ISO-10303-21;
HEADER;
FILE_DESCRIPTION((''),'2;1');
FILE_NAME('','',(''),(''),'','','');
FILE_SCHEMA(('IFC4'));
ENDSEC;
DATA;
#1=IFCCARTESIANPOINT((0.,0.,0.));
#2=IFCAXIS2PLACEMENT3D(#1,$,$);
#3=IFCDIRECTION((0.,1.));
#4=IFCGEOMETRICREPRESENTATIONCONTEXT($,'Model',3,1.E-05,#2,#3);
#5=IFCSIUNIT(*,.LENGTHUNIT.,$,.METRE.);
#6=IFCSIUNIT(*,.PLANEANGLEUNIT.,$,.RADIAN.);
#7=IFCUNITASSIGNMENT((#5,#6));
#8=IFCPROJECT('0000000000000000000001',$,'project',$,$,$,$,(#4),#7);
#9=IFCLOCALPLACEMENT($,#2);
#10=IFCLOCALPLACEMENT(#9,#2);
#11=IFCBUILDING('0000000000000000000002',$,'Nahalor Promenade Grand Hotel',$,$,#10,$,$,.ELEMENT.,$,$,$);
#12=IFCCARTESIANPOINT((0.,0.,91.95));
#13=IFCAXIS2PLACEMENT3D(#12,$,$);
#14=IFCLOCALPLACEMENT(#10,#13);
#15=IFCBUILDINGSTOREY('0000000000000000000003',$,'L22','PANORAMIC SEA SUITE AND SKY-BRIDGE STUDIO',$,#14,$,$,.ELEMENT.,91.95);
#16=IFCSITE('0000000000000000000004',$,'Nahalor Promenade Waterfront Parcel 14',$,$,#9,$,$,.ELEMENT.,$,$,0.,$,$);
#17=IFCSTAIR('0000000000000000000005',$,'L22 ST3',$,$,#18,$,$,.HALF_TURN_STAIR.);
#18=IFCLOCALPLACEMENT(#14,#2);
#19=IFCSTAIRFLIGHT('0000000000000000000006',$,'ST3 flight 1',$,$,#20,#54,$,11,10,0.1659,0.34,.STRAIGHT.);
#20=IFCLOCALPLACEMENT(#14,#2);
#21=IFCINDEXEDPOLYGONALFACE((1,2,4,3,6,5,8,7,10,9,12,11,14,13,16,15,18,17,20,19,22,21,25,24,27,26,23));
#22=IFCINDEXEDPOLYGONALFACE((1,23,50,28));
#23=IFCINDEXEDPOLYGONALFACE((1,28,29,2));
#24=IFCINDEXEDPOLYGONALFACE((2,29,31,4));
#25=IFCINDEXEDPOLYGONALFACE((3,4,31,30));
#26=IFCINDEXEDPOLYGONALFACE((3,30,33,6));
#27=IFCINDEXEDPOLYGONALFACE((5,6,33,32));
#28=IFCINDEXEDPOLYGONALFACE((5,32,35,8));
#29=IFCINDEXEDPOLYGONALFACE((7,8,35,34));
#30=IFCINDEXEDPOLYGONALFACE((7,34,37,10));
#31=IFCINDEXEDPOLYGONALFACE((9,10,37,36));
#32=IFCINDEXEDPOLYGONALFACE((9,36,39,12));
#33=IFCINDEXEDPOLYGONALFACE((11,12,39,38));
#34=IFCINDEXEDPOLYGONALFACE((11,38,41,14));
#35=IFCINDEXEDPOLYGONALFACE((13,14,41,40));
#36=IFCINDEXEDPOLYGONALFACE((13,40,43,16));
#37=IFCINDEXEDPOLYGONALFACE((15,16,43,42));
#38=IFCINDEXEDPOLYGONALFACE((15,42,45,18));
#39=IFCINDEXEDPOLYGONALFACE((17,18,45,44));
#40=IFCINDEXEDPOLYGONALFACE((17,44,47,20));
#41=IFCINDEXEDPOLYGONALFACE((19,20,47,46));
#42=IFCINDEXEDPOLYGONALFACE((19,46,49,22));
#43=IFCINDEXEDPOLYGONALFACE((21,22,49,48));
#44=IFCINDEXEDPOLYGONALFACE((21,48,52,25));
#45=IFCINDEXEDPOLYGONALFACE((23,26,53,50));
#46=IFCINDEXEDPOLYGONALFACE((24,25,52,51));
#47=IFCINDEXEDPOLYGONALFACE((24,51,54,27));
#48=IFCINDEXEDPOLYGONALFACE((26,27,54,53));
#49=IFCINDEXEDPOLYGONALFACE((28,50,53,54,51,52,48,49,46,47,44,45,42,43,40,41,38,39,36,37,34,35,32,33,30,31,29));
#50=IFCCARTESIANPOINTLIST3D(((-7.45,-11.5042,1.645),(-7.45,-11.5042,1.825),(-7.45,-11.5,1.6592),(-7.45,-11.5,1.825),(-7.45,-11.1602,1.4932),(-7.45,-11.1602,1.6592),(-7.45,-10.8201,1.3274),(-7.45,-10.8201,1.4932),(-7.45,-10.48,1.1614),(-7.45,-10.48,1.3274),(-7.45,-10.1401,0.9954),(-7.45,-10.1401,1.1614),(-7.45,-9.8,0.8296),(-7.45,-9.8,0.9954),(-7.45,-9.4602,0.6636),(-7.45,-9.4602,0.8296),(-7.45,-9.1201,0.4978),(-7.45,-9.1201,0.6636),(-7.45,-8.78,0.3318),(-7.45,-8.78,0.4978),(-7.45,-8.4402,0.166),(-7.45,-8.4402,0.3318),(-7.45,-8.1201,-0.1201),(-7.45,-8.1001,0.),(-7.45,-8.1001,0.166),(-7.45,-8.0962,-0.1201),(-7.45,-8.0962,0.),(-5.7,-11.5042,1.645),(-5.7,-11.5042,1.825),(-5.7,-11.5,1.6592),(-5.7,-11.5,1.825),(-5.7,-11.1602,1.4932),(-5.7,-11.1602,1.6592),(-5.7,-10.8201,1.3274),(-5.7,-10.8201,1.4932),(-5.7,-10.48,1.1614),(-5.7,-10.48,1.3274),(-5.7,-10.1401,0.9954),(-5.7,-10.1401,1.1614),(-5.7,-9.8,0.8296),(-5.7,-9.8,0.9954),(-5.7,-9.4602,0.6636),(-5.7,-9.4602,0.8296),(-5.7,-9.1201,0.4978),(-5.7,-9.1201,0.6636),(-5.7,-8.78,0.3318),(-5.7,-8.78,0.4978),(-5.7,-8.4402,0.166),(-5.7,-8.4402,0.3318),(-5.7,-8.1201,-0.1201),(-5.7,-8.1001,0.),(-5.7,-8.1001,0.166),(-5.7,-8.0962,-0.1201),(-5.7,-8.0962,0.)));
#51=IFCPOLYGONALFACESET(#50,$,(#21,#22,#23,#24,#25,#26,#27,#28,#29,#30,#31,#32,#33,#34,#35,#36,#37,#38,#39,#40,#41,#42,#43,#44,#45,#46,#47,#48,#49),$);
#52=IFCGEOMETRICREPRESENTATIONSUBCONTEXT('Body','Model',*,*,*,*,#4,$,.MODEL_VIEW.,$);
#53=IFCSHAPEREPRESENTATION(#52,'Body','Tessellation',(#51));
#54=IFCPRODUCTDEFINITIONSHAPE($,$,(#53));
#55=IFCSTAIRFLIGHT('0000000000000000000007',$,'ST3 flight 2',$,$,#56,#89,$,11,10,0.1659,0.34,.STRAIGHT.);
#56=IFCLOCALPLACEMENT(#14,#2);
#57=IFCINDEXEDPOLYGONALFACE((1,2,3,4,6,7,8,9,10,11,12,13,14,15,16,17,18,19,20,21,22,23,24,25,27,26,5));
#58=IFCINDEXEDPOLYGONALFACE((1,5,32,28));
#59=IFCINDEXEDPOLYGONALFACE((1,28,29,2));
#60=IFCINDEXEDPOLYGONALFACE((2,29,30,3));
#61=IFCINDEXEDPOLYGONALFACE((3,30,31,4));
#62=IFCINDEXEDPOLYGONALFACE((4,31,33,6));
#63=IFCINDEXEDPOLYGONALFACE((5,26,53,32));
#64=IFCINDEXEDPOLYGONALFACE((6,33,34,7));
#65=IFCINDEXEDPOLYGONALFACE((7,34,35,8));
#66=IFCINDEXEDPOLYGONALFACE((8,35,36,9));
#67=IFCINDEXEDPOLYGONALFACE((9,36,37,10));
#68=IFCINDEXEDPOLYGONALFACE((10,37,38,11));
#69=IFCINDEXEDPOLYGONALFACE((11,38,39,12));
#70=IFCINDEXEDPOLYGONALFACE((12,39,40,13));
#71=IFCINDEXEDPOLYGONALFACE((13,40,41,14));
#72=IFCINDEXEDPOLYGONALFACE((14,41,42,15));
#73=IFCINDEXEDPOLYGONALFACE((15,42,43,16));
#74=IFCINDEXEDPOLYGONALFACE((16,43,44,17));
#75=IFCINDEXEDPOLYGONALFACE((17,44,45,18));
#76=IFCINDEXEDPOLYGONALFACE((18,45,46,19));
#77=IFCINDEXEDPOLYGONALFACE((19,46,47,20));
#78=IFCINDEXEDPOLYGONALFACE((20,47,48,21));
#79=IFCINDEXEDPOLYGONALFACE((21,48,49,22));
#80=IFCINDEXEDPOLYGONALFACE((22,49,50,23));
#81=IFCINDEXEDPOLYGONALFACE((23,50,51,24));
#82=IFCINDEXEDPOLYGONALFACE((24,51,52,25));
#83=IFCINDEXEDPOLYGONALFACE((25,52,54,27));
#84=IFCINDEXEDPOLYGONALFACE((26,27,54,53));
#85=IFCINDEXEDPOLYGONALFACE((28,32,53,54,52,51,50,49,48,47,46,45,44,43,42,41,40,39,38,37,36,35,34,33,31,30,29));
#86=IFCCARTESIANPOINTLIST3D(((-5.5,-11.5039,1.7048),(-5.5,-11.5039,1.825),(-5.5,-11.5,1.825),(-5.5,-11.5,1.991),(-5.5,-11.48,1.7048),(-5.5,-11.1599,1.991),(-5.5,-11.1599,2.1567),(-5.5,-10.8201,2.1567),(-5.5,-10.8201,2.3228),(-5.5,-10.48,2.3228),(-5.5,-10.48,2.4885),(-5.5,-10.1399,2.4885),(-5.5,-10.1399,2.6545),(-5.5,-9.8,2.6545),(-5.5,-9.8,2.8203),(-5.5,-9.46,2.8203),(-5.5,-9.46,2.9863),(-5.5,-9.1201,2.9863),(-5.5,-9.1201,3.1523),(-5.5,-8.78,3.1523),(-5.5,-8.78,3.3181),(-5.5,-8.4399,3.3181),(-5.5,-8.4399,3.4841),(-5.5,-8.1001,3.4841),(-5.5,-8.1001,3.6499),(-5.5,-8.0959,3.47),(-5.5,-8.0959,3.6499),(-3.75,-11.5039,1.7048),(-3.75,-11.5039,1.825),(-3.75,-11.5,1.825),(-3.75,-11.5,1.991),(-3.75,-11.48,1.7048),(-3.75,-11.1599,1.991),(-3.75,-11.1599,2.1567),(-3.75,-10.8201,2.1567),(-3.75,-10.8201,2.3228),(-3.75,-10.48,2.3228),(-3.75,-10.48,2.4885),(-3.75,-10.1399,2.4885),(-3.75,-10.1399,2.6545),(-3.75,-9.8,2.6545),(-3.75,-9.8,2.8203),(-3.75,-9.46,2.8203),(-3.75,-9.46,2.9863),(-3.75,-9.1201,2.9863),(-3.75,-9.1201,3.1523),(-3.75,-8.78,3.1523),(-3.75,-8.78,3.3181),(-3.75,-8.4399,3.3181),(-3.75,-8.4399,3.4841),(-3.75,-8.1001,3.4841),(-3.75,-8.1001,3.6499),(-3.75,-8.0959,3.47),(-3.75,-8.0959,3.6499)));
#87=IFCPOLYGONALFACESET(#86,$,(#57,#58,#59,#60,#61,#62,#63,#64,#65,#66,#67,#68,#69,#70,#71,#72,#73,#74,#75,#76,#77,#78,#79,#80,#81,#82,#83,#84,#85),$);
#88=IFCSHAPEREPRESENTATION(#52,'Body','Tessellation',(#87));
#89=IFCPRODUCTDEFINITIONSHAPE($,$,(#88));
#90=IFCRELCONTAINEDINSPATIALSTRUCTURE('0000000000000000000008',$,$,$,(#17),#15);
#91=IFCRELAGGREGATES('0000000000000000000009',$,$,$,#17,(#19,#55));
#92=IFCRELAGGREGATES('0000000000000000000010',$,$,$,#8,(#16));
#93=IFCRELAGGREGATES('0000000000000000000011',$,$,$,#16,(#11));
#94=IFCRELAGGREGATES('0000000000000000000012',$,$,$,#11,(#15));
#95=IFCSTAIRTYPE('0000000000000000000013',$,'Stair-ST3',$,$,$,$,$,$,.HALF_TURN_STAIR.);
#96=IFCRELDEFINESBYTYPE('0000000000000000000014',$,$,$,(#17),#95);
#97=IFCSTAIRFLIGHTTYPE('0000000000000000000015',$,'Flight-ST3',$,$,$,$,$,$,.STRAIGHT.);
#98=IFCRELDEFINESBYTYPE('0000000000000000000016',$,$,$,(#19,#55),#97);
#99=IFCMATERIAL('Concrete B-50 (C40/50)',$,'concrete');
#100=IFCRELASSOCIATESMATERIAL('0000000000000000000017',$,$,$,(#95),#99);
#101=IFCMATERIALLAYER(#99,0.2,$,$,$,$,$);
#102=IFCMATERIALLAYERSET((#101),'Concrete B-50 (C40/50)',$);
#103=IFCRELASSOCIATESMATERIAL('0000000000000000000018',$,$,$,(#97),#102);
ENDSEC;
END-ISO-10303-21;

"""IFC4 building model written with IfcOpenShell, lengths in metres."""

from ifc_helpers import new_model, si_unit, direction, frame, origin, place, context, subcontext, project, spatial, polyline, outline, extrude, source, transform, mapped, material, layer, layer_set, type_object, element, aggregate, save


model = new_model("IFC4")

# Units and contexts
model_context = context("Model", 3, precision=1e-05, world=origin(), true_north=direction((0.0, 1.0)))
body_context = subcontext(model_context, "Body", "Model", "MODEL_VIEW")
ifc_project = project(units=[si_unit("LENGTHUNIT", "METRE"), si_unit("PLANEANGLEUNIT", "RADIAN")], contexts=[model_context])

# Site, building, storey
site_placement = place(None, origin())
site = spatial("IfcSite", under=ifc_project, at=site_placement, Name="Nahalor Promenade Waterfront Parcel 14", CompositionType="ELEMENT", RefElevation=0.0)
building_placement = place(site_placement, origin())
building = spatial("IfcBuilding", under=site, at=building_placement, Name="Nahalor Promenade Grand Hotel", CompositionType="ELEMENT")
storey_placement = place(building_placement, frame((0.0, 0.0, 91.95)))
storey = spatial("IfcBuildingStorey", under=building, at=storey_placement, Name="L22", Description="PANORAMIC SEA SUITE AND SKY-BRIDGE STUDIO", CompositionType="ELEMENT", Elevation=91.95)

# Shared definitions
ifc_material_1 = material(Name="Concrete B-50 (C40/50)", Category="concrete")

# Stair, stair flights
stair_type = type_object("IfcStairType", Name="Stair-ST3", PredefinedType="HALF_TURN_STAIR", material=ifc_material_1)
stair_placement = place(storey_placement, origin())
stair = element("IfcStair", 1, at=stair_placement, inside=storey, type_object=stair_type, Name="L22 ST3", PredefinedType="HALF_TURN_STAIR")
ifc_layer_1 = layer(ifc_material_1, 0.2)
ifc_layer_set_1 = layer_set([ifc_layer_1], Name="Concrete B-50 (C40/50)")
stair_flight_type = type_object("IfcStairFlightType", Name="Flight-ST3", PredefinedType="STRAIGHT", material=ifc_layer_set_1)
shared_shape_1 = source(origin(), body_context, "Body", "SweptSolid", [
    extrude(outline(polyline([(-0.0039, -0.1201), (-0.0039, 0.0), (0.0, 0.0), (0.0, 0.166), (0.3401, 0.166), (0.3401, 0.3318), (0.6799, 0.3318), (0.6799, 0.4978), (1.02, 0.4978), (1.02, 0.6636), (1.3601, 0.6636), (1.3601, 0.8296), (1.7, 0.8296), (1.7, 0.9954), (2.04, 0.9954), (2.04, 1.1614), (2.3799, 1.1614), (2.3799, 1.3274), (2.72, 1.3274), (2.72, 1.4932), (3.0601, 1.4932), (3.0601, 1.6592), (3.3999, 1.6592), (3.3999, 1.825), (3.4041, 1.825), (3.4041, 1.645), (0.02, -0.1201), (-0.0039, -0.1201)])), frame((0.0, 0.875, 0.0), z_axis=(0.0, -1.0, 0.0), x_axis=(1.0, 0.0, 0.0)), (0.0, 0.0, 1.0), 1.75),
])
stair_flight_1_placement = place(storey_placement, frame((-6.575, -8.1001, 0.0), z_axis=(0.0, 0.0, 1.0), x_axis=(0.0, -1.0, 0.0)))
stair_flight_1 = element("IfcStairFlight", 2, at=stair_flight_1_placement, type_object=stair_flight_type, Name="ST3 flight 1", NumberOfRisers=11, NumberOfTreads=10, PredefinedType="STRAIGHT", RiserHeight=0.1659, TreadLength=0.34, context=body_context, shape_type="MappedRepresentation", body=[
    mapped(shared_shape_1, transform((0.0, 0.0, 0.0), scale=1.0)),
])
stair_flight_2_placement = place(storey_placement, frame((-4.625, -11.5, 1.825), z_axis=(0.0, 0.0, 1.0), x_axis=(0.0, 1.0, 0.0)))
stair_flight_2 = element("IfcStairFlight", 3, at=stair_flight_2_placement, type_object=stair_flight_type, Name="ST3 flight 2", NumberOfRisers=11, NumberOfTreads=10, PredefinedType="STRAIGHT", RiserHeight=0.1659, TreadLength=0.34, context=body_context, shape_type="MappedRepresentation", body=[
    mapped(shared_shape_1, transform((0.0, 0.0, 0.0), scale=1.0)),
])
aggregate(stair, [stair_flight_1, stair_flight_2])

save(model, "model.ifc")
